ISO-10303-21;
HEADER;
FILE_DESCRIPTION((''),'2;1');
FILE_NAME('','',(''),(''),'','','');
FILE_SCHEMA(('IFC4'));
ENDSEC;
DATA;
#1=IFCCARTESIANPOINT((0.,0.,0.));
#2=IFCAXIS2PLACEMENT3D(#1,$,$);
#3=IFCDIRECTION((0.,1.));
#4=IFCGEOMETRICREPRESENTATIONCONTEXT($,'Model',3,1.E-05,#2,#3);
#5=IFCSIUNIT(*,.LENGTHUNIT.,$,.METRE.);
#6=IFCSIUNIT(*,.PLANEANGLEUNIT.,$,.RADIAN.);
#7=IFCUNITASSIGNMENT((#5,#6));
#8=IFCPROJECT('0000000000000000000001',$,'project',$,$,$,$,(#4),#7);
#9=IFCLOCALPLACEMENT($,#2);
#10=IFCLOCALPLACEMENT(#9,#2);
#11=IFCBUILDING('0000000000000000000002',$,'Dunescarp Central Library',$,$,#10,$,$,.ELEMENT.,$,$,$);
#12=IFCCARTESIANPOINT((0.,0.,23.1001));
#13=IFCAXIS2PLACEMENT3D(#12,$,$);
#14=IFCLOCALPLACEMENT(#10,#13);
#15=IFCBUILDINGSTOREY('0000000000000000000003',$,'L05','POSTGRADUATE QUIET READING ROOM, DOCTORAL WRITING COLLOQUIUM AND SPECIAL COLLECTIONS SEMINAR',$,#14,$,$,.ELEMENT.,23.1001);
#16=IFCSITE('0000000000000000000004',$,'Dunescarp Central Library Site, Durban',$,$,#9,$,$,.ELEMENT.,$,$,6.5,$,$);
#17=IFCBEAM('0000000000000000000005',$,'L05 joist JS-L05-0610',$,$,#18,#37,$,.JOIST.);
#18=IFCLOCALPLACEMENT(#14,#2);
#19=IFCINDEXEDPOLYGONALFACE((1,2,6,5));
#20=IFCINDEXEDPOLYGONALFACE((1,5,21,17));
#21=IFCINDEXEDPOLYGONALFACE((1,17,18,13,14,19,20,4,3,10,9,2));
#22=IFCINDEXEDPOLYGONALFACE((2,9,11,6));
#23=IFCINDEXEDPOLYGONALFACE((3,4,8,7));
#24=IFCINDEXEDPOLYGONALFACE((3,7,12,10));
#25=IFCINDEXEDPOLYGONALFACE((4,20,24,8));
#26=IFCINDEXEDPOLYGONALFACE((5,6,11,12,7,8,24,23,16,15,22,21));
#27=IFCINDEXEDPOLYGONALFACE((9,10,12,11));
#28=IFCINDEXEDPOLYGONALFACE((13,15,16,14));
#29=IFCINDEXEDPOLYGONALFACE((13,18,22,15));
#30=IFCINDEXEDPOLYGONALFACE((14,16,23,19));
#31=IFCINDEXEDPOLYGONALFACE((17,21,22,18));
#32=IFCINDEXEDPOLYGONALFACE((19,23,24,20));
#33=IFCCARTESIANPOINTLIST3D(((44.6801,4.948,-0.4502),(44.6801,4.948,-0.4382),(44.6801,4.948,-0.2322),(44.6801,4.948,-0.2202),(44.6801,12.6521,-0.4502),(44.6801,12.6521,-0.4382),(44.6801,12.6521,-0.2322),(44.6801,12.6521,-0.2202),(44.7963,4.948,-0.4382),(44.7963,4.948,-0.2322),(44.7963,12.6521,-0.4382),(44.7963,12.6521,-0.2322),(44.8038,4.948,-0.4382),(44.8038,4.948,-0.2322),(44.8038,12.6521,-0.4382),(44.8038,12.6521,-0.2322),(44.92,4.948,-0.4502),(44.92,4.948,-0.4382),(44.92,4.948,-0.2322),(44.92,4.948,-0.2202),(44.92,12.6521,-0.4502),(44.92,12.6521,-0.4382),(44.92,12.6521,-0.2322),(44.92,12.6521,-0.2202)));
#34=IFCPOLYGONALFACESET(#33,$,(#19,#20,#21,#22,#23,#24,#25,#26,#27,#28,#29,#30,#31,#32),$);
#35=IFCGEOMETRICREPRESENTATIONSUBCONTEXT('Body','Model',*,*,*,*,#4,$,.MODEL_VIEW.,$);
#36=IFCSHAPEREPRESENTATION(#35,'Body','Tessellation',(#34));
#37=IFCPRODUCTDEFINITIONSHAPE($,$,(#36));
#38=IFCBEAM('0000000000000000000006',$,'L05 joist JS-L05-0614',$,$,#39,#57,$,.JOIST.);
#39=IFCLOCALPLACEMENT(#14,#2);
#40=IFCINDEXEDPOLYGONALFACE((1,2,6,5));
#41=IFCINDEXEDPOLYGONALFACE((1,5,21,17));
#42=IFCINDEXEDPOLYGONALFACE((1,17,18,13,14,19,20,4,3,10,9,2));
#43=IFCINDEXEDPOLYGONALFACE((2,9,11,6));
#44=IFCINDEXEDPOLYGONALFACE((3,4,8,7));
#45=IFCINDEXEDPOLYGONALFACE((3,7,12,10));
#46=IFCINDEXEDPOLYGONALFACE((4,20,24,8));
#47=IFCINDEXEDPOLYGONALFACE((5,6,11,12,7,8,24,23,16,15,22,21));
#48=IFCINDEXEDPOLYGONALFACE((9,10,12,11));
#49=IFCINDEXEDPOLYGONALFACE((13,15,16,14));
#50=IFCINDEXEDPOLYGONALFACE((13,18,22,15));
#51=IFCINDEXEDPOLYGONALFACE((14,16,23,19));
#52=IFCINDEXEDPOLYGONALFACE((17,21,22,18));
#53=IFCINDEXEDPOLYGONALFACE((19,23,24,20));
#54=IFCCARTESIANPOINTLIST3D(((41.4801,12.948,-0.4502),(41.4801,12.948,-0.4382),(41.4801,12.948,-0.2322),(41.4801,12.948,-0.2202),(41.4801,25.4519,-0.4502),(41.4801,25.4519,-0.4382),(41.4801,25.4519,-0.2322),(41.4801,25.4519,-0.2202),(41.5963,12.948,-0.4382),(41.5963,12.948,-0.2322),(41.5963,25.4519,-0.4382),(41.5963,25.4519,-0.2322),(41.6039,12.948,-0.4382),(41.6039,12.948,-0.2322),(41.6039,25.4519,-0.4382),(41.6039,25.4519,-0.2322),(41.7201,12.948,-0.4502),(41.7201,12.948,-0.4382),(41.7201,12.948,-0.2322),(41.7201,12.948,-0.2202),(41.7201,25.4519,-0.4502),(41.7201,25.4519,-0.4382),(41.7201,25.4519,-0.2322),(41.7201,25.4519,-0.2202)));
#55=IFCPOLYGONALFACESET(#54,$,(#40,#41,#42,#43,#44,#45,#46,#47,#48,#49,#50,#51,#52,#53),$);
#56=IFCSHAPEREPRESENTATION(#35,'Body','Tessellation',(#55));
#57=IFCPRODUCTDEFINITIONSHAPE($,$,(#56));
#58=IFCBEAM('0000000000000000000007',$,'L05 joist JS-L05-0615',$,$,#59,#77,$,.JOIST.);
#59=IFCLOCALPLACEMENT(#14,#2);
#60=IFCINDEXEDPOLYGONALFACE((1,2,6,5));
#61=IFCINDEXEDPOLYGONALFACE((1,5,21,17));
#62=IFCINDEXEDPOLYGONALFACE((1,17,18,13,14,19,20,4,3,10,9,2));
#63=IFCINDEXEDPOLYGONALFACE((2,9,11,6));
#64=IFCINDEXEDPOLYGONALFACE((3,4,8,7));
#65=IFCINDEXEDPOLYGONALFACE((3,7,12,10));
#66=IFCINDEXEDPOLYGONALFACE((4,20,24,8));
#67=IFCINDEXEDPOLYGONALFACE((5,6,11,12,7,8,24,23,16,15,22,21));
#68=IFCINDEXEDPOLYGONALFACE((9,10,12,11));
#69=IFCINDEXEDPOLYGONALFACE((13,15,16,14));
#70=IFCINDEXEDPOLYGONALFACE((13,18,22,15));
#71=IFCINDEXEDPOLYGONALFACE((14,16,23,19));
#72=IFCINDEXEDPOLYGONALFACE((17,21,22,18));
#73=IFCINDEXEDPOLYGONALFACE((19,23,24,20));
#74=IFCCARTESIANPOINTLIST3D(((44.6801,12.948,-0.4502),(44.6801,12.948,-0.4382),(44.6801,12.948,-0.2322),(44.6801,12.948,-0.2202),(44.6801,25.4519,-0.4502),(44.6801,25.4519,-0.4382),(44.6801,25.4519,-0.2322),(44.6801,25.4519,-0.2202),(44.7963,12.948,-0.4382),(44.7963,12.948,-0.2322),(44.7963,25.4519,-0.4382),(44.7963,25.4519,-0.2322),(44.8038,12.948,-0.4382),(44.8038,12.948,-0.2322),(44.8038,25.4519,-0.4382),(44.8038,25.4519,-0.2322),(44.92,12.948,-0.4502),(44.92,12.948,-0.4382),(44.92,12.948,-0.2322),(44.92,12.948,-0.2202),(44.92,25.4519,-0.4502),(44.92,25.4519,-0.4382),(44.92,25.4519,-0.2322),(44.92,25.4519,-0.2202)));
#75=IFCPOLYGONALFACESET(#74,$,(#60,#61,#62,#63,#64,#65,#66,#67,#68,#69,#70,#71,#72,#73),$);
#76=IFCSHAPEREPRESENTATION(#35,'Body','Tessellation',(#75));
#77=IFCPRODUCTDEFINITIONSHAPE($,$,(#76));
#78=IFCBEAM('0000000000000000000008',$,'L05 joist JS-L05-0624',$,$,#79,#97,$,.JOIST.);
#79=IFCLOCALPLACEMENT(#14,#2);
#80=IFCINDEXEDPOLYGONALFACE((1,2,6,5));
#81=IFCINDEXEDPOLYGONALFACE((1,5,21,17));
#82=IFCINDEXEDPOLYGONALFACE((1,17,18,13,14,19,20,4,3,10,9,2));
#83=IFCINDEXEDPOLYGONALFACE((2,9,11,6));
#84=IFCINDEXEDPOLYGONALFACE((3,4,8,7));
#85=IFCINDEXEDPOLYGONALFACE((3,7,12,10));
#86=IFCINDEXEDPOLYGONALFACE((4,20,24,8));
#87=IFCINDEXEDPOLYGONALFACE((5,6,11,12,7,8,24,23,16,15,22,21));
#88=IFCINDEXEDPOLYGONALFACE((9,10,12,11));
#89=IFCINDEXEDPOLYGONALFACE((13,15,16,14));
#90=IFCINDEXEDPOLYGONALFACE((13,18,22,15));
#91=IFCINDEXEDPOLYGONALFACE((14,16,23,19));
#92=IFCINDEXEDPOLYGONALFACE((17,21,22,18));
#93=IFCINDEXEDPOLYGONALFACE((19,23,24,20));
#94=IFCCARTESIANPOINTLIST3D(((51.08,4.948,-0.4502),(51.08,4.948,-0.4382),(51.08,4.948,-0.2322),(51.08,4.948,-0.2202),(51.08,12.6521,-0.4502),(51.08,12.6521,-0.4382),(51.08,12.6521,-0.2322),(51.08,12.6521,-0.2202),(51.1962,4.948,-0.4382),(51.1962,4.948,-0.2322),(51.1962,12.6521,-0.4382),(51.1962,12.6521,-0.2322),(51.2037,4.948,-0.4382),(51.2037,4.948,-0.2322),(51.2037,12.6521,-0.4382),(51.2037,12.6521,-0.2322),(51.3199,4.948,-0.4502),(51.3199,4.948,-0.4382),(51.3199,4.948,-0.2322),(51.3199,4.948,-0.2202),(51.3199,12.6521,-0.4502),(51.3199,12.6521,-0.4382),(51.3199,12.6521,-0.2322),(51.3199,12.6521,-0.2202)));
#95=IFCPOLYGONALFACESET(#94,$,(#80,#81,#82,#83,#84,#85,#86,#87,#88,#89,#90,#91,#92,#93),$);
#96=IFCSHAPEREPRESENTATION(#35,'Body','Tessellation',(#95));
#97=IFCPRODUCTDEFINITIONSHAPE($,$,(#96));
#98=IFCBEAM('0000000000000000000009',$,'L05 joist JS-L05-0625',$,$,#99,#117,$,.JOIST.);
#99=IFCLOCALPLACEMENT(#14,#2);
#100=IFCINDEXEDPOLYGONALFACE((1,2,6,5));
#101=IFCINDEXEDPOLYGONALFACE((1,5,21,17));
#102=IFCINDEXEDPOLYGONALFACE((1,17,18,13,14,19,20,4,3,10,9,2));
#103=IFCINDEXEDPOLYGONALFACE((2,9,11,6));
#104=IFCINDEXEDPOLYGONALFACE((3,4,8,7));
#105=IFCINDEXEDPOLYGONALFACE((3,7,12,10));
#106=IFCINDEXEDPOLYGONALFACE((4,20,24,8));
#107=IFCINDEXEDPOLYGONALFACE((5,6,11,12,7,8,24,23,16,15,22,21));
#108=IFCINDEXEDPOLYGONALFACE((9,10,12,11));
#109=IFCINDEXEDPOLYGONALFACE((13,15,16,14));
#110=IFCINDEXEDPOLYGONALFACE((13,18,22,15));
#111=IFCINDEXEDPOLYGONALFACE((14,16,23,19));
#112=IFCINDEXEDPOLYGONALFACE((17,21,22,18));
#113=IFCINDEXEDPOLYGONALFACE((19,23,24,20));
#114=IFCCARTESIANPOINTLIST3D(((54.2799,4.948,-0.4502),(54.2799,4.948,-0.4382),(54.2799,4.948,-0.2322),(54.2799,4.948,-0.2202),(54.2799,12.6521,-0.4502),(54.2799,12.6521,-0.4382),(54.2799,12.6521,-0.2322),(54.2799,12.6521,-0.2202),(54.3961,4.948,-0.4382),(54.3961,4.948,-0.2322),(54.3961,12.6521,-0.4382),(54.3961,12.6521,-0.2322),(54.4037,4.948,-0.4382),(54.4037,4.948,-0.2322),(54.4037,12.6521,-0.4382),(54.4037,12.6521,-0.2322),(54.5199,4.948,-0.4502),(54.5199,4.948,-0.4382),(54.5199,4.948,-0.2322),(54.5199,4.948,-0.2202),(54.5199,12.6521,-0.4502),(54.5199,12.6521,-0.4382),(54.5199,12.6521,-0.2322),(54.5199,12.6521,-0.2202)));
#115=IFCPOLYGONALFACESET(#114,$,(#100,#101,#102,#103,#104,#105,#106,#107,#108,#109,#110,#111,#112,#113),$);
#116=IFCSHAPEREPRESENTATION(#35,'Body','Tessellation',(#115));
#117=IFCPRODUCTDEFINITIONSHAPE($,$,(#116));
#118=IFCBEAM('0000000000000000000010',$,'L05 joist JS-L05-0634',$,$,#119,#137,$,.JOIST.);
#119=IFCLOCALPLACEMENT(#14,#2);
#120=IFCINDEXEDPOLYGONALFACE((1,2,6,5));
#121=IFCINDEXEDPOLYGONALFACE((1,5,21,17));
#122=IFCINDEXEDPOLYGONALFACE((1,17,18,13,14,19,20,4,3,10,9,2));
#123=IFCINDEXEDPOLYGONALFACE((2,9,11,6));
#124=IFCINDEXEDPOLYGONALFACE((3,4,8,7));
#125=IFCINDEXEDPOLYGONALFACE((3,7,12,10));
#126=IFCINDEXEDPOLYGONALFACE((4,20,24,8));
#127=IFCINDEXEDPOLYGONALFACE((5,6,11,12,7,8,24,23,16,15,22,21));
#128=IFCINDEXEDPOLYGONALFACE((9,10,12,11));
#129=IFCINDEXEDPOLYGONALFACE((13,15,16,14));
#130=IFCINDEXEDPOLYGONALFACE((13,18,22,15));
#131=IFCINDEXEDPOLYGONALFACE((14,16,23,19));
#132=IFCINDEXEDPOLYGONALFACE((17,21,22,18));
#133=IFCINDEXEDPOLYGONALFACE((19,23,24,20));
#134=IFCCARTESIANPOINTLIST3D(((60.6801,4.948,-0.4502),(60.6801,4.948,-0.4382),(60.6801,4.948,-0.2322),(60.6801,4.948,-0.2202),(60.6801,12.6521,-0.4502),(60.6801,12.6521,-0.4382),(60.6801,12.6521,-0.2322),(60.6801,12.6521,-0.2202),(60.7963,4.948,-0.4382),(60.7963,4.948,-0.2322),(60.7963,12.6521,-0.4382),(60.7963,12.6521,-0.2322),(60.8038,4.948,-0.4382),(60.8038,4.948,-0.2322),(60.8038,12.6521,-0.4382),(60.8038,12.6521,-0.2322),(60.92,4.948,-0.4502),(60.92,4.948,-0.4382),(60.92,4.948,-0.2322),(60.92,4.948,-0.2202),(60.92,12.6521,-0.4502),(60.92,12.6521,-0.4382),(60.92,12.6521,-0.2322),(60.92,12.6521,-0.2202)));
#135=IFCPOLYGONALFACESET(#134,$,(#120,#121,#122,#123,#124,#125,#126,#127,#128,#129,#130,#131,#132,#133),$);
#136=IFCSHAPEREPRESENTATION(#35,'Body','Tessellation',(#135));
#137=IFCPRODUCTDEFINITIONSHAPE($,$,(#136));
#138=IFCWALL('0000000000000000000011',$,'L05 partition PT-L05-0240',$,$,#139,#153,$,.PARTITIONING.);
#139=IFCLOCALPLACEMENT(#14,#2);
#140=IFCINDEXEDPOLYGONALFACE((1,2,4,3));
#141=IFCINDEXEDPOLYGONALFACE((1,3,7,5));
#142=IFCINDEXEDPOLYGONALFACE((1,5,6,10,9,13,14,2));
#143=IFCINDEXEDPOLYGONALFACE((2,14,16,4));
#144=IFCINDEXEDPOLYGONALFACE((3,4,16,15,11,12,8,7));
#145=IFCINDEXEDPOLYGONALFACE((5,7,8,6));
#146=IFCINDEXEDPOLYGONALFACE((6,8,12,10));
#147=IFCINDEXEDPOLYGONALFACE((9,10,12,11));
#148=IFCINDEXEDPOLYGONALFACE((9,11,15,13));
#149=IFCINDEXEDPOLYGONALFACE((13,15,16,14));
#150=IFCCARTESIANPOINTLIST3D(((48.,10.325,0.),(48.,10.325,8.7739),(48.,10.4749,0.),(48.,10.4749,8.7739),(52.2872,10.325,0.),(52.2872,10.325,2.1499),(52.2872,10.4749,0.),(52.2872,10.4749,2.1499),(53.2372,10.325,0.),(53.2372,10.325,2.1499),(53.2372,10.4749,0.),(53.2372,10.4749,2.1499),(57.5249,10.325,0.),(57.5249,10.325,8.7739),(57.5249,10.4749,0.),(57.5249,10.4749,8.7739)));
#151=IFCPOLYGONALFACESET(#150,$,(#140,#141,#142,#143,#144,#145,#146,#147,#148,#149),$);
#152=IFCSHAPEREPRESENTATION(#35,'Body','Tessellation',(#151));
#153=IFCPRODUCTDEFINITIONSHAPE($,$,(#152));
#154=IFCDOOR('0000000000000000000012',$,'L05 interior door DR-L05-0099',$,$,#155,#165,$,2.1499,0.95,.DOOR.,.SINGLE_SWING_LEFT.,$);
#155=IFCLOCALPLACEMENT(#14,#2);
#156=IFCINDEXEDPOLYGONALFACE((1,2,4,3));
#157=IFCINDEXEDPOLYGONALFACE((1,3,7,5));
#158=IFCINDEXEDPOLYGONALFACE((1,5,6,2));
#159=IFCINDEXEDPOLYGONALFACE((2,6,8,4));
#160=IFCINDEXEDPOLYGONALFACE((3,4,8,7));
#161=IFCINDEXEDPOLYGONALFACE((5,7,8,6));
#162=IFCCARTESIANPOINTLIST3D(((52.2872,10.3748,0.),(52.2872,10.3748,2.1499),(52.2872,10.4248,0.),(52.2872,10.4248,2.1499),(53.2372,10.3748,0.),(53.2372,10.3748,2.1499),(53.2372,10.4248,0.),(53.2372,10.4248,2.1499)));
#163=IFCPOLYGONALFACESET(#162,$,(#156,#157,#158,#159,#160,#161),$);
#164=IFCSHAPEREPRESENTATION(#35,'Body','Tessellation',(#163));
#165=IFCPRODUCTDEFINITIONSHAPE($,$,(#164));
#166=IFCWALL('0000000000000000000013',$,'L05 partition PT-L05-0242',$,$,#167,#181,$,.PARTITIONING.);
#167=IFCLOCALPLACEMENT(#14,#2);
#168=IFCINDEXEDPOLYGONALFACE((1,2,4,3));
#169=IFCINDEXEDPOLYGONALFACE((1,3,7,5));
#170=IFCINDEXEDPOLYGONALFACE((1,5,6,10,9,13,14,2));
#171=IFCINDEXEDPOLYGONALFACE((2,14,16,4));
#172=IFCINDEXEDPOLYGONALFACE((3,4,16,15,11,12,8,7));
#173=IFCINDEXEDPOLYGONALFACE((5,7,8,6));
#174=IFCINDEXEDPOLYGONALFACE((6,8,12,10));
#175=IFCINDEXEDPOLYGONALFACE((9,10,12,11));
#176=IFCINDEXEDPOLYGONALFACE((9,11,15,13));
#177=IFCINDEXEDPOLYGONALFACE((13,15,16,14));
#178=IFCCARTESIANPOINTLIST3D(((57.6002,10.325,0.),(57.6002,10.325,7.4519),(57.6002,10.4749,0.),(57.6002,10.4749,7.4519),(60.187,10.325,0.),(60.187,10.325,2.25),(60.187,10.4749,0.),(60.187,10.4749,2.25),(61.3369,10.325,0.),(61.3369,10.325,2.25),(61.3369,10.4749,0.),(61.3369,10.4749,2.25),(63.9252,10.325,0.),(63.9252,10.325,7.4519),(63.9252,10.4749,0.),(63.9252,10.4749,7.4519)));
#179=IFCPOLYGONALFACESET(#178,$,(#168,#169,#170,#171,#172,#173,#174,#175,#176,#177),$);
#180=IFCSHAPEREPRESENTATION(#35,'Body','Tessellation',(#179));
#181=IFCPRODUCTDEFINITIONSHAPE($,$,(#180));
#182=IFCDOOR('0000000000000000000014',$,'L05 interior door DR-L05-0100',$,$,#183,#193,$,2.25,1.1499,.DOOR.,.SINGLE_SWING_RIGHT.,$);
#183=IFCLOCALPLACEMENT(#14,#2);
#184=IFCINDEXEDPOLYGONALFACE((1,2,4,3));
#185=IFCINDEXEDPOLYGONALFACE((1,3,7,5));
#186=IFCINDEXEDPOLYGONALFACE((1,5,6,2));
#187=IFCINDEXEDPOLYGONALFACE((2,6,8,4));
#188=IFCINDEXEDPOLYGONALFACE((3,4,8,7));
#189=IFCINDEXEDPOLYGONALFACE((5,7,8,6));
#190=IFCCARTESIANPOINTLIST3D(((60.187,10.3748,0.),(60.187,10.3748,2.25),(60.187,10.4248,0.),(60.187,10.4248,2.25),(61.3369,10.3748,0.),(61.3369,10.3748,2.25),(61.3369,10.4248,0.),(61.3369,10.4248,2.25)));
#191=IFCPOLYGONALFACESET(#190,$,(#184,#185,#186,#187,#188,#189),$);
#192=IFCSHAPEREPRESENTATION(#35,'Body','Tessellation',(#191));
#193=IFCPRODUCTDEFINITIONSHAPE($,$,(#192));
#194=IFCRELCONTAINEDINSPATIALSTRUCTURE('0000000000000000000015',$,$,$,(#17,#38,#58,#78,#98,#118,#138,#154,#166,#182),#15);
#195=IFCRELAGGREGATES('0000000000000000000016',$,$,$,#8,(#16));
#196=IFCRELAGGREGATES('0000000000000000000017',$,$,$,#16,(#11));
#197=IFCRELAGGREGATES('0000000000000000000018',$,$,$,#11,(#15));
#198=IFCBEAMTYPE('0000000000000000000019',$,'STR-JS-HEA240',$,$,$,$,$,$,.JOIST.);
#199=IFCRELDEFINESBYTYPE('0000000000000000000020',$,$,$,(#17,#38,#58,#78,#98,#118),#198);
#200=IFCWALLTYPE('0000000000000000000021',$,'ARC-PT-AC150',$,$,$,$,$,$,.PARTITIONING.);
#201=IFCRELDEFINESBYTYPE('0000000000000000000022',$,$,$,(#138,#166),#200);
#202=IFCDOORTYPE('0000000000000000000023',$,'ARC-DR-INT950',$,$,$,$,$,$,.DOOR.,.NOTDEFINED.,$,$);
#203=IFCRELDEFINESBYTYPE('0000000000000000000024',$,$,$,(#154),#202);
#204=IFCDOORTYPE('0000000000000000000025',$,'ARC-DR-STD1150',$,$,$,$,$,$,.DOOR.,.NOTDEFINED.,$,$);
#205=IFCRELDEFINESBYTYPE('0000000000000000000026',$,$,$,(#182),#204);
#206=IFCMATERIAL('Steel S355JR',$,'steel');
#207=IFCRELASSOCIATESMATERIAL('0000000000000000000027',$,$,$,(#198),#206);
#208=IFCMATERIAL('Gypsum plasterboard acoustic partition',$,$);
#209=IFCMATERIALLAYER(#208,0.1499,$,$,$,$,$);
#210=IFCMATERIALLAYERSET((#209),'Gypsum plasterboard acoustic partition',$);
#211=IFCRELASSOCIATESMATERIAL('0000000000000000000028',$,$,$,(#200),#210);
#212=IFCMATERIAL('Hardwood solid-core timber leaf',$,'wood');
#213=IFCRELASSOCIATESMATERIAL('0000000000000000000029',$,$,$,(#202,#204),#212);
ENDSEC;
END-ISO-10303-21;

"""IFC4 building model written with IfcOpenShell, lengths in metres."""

from ifc_helpers import new_model, si_unit, direction, frame, frame_2d, origin, origin_2d, place, context, subcontext, project, spatial, rectangle, i_section, extrude, material, layer, layer_set, material_profile, profile_set, type_object, element, fill, save


model = new_model("IFC4")

# Units and contexts
model_context = context("Model", 3, precision=1e-05, world=origin(), true_north=direction((0.0, 1.0)))
body_context = subcontext(model_context, "Body", "Model", "MODEL_VIEW")
ifc_project = project(units=[si_unit("LENGTHUNIT", "METRE"), si_unit("PLANEANGLEUNIT", "RADIAN")], contexts=[model_context])

# Site, building, storey
site_placement = place(None, origin())
site = spatial("IfcSite", under=ifc_project, at=site_placement, Name="Dunescarp Central Library Site, Durban", CompositionType="ELEMENT", RefElevation=6.5)
building_placement = place(site_placement, origin())
building = spatial("IfcBuilding", under=site, at=building_placement, Name="Dunescarp Central Library", CompositionType="ELEMENT")
storey_placement = place(building_placement, frame((0.0, 0.0, 23.1001)))
storey = spatial("IfcBuildingStorey", under=building, at=storey_placement, Name="L05", Description="POSTGRADUATE QUIET READING ROOM, DOCTORAL WRITING COLLOQUIUM AND SPECIAL COLLECTIONS SEMINAR", CompositionType="ELEMENT", Elevation=23.1001)

# Shared definitions
ifc_material_1 = material(Name="Steel S355JR", Category="steel")

# Beams
ifc_material_profile_1 = material_profile(ifc_material_1, i_section(OverallWidth=0.24, OverallDepth=0.23, WebThickness=0.0076, FlangeThickness=0.012, at=origin_2d()), Name="HEA 240")
ifc_profile_set_1 = profile_set([ifc_material_profile_1], Name="Steel S355JR")
beam_type_1 = type_object("IfcBeamType", Name="STR-JS-HEA240", PredefinedType="JOIST", material=ifc_profile_set_1)
for number, where, z_axis, x_axis, name in (
    (1, (44.8, 4.948, -0.3352), (0.0, 1.0, 0.0), (-1.0, 0.0, 0.0), "L05 joist JS-L05-0610"),
):
    element("IfcBeam", number, at=place(storey_placement, frame(where, z_axis=z_axis, x_axis=x_axis)), inside=storey, type_object=beam_type_1, Name=name, PredefinedType="JOIST", context=body_context, shape_type="SweptSolid", body=[
        extrude(i_section(OverallWidth=0.24, OverallDepth=0.23, WebThickness=0.0076, FlangeThickness=0.012, at=origin_2d()), origin(), (0.0, 0.0, 1.0), 7.7041),
    ])
for number, where, z_axis, x_axis, name in (
    (2, (41.6001, 12.948, -0.3352), (0.0, 1.0, 0.0), (-1.0, 0.0, 0.0), "L05 joist JS-L05-0614"),
    (3, (44.8, 12.948, -0.3352), (0.0, 1.0, 0.0), (-1.0, 0.0, 0.0), "L05 joist JS-L05-0615"),
):
    element("IfcBeam", number, at=place(storey_placement, frame(where, z_axis=z_axis, x_axis=x_axis)), inside=storey, type_object=beam_type_1, Name=name, PredefinedType="JOIST", context=body_context, shape_type="SweptSolid", body=[
        extrude(i_section(OverallWidth=0.24, OverallDepth=0.23, WebThickness=0.0076, FlangeThickness=0.012, at=origin_2d()), origin(), (0.0, 0.0, 1.0), 12.5039),
    ])
for number, where, z_axis, x_axis, name in (
    (4, (51.2, 4.948, -0.3352), (0.0, 1.0, 0.0), (-1.0, 0.0, 0.0), "L05 joist JS-L05-0624"),
    (5, (54.3999, 4.948, -0.3352), (0.0, 1.0, 0.0), (-1.0, 0.0, 0.0), "L05 joist JS-L05-0625"),
    (6, (60.8, 4.948, -0.3352), (0.0, 1.0, 0.0), (-1.0, 0.0, 0.0), "L05 joist JS-L05-0634"),
):
    element("IfcBeam", number, at=place(storey_placement, frame(where, z_axis=z_axis, x_axis=x_axis)), inside=storey, type_object=beam_type_1, Name=name, PredefinedType="JOIST", context=body_context, shape_type="SweptSolid", body=[
        extrude(i_section(OverallWidth=0.24, OverallDepth=0.23, WebThickness=0.0076, FlangeThickness=0.012, at=origin_2d()), origin(), (0.0, 0.0, 1.0), 7.7041),
    ])

# Walls, openings, doors
ifc_material_2 = material(Name="Gypsum plasterboard acoustic partition")
ifc_layer_1 = layer(ifc_material_2, 0.1499)
ifc_layer_set_1 = layer_set([ifc_layer_1], Name="Gypsum plasterboard acoustic partition")
wall_type_1 = type_object("IfcWallType", Name="ARC-PT-AC150", PredefinedType="PARTITIONING", material=ifc_layer_set_1)
wall_1_placement = place(storey_placement, frame((48.0, 10.3999, 0.0), z_axis=(0.0, 0.0, 1.0), x_axis=(1.0, 0.0, 0.0)))
wall_1 = element("IfcWall", 7, at=wall_1_placement, inside=storey, type_object=wall_type_1, Name="L05 partition PT-L05-0240", PredefinedType="PARTITIONING", context=body_context, shape_type="SweptSolid", body=[
    extrude(rectangle(XDim=9.5249, YDim=0.1499, at=frame_2d((4.7625, 0.0))), origin(), (0.0, 0.0, 1.0), 8.7739),
])
opening_1_placement = place(wall_1_placement, frame((4.2871, 0.0, 0.0)))
opening_1 = element("IfcOpeningElement", 8, at=opening_1_placement, cuts=wall_1, PredefinedType="OPENING", context=body_context, shape_type="SweptSolid", body=[
    extrude(rectangle(XDim=0.95, YDim=2.1499, at=frame_2d((0.4751, 1.075))), frame((0.0, 0.085, 0.0), z_axis=(0.0, -1.0, 0.0), x_axis=(1.0, 0.0, 0.0)), (0.0, 0.0, 1.0), 0.1699),
])
ifc_material_3 = material(Name="Hardwood solid-core timber leaf", Category="wood")
door_type_1 = type_object("IfcDoorType", Name="ARC-DR-INT950", OperationType="NOTDEFINED", PredefinedType="DOOR", material=ifc_material_3)
door_1_placement = place(opening_1_placement, origin())
door_1 = element("IfcDoor", 9, at=door_1_placement, inside=storey, type_object=door_type_1, Name="L05 interior door DR-L05-0099", OperationType="SINGLE_SWING_LEFT", OverallHeight=2.1499, OverallWidth=0.95, PredefinedType="DOOR", context=body_context, shape_type="SweptSolid", body=[
    extrude(rectangle(XDim=0.95, YDim=2.1499, at=frame_2d((0.4751, 1.075))), frame((0.0, 0.0249, 0.0), z_axis=(0.0, -1.0, 0.0), x_axis=(1.0, 0.0, 0.0)), (0.0, 0.0, 1.0), 0.05),
])
fill(opening_1, door_1)
wall_2_placement = place(storey_placement, frame((57.6001, 10.3999, 0.0), z_axis=(0.0, 0.0, 1.0), x_axis=(1.0, 0.0, 0.0)))
wall_2 = element("IfcWall", 10, at=wall_2_placement, inside=storey, type_object=wall_type_1, Name="L05 partition PT-L05-0242", PredefinedType="PARTITIONING", context=body_context, shape_type="SweptSolid", body=[
    extrude(rectangle(XDim=6.325, YDim=0.1499, at=frame_2d((3.1626, 0.0))), origin(), (0.0, 0.0, 1.0), 7.4519),
])
opening_2_placement = place(wall_2_placement, frame((2.5869, 0.0, 0.0)))
opening_2 = element("IfcOpeningElement", 11, at=opening_2_placement, cuts=wall_2, PredefinedType="OPENING", context=body_context, shape_type="SweptSolid", body=[
    extrude(rectangle(XDim=1.1499, YDim=2.25, at=frame_2d((0.575, 1.125))), frame((0.0, 0.085, 0.0), z_axis=(0.0, -1.0, 0.0), x_axis=(1.0, 0.0, 0.0)), (0.0, 0.0, 1.0), 0.1699),
])
door_type_2 = type_object("IfcDoorType", Name="ARC-DR-STD1150", OperationType="NOTDEFINED", PredefinedType="DOOR", material=ifc_material_3)
door_2_placement = place(opening_2_placement, origin())
door_2 = element("IfcDoor", 12, at=door_2_placement, inside=storey, type_object=door_type_2, Name="L05 interior door DR-L05-0100", OperationType="SINGLE_SWING_RIGHT", OverallHeight=2.25, OverallWidth=1.1499, PredefinedType="DOOR", context=body_context, shape_type="SweptSolid", body=[
    extrude(rectangle(XDim=1.1499, YDim=2.25, at=frame_2d((0.575, 1.125))), frame((0.0, 0.0249, 0.0), z_axis=(0.0, -1.0, 0.0), x_axis=(1.0, 0.0, 0.0)), (0.0, 0.0, 1.0), 0.05),
])
fill(opening_2, door_2)

save(model, "model.ifc")
